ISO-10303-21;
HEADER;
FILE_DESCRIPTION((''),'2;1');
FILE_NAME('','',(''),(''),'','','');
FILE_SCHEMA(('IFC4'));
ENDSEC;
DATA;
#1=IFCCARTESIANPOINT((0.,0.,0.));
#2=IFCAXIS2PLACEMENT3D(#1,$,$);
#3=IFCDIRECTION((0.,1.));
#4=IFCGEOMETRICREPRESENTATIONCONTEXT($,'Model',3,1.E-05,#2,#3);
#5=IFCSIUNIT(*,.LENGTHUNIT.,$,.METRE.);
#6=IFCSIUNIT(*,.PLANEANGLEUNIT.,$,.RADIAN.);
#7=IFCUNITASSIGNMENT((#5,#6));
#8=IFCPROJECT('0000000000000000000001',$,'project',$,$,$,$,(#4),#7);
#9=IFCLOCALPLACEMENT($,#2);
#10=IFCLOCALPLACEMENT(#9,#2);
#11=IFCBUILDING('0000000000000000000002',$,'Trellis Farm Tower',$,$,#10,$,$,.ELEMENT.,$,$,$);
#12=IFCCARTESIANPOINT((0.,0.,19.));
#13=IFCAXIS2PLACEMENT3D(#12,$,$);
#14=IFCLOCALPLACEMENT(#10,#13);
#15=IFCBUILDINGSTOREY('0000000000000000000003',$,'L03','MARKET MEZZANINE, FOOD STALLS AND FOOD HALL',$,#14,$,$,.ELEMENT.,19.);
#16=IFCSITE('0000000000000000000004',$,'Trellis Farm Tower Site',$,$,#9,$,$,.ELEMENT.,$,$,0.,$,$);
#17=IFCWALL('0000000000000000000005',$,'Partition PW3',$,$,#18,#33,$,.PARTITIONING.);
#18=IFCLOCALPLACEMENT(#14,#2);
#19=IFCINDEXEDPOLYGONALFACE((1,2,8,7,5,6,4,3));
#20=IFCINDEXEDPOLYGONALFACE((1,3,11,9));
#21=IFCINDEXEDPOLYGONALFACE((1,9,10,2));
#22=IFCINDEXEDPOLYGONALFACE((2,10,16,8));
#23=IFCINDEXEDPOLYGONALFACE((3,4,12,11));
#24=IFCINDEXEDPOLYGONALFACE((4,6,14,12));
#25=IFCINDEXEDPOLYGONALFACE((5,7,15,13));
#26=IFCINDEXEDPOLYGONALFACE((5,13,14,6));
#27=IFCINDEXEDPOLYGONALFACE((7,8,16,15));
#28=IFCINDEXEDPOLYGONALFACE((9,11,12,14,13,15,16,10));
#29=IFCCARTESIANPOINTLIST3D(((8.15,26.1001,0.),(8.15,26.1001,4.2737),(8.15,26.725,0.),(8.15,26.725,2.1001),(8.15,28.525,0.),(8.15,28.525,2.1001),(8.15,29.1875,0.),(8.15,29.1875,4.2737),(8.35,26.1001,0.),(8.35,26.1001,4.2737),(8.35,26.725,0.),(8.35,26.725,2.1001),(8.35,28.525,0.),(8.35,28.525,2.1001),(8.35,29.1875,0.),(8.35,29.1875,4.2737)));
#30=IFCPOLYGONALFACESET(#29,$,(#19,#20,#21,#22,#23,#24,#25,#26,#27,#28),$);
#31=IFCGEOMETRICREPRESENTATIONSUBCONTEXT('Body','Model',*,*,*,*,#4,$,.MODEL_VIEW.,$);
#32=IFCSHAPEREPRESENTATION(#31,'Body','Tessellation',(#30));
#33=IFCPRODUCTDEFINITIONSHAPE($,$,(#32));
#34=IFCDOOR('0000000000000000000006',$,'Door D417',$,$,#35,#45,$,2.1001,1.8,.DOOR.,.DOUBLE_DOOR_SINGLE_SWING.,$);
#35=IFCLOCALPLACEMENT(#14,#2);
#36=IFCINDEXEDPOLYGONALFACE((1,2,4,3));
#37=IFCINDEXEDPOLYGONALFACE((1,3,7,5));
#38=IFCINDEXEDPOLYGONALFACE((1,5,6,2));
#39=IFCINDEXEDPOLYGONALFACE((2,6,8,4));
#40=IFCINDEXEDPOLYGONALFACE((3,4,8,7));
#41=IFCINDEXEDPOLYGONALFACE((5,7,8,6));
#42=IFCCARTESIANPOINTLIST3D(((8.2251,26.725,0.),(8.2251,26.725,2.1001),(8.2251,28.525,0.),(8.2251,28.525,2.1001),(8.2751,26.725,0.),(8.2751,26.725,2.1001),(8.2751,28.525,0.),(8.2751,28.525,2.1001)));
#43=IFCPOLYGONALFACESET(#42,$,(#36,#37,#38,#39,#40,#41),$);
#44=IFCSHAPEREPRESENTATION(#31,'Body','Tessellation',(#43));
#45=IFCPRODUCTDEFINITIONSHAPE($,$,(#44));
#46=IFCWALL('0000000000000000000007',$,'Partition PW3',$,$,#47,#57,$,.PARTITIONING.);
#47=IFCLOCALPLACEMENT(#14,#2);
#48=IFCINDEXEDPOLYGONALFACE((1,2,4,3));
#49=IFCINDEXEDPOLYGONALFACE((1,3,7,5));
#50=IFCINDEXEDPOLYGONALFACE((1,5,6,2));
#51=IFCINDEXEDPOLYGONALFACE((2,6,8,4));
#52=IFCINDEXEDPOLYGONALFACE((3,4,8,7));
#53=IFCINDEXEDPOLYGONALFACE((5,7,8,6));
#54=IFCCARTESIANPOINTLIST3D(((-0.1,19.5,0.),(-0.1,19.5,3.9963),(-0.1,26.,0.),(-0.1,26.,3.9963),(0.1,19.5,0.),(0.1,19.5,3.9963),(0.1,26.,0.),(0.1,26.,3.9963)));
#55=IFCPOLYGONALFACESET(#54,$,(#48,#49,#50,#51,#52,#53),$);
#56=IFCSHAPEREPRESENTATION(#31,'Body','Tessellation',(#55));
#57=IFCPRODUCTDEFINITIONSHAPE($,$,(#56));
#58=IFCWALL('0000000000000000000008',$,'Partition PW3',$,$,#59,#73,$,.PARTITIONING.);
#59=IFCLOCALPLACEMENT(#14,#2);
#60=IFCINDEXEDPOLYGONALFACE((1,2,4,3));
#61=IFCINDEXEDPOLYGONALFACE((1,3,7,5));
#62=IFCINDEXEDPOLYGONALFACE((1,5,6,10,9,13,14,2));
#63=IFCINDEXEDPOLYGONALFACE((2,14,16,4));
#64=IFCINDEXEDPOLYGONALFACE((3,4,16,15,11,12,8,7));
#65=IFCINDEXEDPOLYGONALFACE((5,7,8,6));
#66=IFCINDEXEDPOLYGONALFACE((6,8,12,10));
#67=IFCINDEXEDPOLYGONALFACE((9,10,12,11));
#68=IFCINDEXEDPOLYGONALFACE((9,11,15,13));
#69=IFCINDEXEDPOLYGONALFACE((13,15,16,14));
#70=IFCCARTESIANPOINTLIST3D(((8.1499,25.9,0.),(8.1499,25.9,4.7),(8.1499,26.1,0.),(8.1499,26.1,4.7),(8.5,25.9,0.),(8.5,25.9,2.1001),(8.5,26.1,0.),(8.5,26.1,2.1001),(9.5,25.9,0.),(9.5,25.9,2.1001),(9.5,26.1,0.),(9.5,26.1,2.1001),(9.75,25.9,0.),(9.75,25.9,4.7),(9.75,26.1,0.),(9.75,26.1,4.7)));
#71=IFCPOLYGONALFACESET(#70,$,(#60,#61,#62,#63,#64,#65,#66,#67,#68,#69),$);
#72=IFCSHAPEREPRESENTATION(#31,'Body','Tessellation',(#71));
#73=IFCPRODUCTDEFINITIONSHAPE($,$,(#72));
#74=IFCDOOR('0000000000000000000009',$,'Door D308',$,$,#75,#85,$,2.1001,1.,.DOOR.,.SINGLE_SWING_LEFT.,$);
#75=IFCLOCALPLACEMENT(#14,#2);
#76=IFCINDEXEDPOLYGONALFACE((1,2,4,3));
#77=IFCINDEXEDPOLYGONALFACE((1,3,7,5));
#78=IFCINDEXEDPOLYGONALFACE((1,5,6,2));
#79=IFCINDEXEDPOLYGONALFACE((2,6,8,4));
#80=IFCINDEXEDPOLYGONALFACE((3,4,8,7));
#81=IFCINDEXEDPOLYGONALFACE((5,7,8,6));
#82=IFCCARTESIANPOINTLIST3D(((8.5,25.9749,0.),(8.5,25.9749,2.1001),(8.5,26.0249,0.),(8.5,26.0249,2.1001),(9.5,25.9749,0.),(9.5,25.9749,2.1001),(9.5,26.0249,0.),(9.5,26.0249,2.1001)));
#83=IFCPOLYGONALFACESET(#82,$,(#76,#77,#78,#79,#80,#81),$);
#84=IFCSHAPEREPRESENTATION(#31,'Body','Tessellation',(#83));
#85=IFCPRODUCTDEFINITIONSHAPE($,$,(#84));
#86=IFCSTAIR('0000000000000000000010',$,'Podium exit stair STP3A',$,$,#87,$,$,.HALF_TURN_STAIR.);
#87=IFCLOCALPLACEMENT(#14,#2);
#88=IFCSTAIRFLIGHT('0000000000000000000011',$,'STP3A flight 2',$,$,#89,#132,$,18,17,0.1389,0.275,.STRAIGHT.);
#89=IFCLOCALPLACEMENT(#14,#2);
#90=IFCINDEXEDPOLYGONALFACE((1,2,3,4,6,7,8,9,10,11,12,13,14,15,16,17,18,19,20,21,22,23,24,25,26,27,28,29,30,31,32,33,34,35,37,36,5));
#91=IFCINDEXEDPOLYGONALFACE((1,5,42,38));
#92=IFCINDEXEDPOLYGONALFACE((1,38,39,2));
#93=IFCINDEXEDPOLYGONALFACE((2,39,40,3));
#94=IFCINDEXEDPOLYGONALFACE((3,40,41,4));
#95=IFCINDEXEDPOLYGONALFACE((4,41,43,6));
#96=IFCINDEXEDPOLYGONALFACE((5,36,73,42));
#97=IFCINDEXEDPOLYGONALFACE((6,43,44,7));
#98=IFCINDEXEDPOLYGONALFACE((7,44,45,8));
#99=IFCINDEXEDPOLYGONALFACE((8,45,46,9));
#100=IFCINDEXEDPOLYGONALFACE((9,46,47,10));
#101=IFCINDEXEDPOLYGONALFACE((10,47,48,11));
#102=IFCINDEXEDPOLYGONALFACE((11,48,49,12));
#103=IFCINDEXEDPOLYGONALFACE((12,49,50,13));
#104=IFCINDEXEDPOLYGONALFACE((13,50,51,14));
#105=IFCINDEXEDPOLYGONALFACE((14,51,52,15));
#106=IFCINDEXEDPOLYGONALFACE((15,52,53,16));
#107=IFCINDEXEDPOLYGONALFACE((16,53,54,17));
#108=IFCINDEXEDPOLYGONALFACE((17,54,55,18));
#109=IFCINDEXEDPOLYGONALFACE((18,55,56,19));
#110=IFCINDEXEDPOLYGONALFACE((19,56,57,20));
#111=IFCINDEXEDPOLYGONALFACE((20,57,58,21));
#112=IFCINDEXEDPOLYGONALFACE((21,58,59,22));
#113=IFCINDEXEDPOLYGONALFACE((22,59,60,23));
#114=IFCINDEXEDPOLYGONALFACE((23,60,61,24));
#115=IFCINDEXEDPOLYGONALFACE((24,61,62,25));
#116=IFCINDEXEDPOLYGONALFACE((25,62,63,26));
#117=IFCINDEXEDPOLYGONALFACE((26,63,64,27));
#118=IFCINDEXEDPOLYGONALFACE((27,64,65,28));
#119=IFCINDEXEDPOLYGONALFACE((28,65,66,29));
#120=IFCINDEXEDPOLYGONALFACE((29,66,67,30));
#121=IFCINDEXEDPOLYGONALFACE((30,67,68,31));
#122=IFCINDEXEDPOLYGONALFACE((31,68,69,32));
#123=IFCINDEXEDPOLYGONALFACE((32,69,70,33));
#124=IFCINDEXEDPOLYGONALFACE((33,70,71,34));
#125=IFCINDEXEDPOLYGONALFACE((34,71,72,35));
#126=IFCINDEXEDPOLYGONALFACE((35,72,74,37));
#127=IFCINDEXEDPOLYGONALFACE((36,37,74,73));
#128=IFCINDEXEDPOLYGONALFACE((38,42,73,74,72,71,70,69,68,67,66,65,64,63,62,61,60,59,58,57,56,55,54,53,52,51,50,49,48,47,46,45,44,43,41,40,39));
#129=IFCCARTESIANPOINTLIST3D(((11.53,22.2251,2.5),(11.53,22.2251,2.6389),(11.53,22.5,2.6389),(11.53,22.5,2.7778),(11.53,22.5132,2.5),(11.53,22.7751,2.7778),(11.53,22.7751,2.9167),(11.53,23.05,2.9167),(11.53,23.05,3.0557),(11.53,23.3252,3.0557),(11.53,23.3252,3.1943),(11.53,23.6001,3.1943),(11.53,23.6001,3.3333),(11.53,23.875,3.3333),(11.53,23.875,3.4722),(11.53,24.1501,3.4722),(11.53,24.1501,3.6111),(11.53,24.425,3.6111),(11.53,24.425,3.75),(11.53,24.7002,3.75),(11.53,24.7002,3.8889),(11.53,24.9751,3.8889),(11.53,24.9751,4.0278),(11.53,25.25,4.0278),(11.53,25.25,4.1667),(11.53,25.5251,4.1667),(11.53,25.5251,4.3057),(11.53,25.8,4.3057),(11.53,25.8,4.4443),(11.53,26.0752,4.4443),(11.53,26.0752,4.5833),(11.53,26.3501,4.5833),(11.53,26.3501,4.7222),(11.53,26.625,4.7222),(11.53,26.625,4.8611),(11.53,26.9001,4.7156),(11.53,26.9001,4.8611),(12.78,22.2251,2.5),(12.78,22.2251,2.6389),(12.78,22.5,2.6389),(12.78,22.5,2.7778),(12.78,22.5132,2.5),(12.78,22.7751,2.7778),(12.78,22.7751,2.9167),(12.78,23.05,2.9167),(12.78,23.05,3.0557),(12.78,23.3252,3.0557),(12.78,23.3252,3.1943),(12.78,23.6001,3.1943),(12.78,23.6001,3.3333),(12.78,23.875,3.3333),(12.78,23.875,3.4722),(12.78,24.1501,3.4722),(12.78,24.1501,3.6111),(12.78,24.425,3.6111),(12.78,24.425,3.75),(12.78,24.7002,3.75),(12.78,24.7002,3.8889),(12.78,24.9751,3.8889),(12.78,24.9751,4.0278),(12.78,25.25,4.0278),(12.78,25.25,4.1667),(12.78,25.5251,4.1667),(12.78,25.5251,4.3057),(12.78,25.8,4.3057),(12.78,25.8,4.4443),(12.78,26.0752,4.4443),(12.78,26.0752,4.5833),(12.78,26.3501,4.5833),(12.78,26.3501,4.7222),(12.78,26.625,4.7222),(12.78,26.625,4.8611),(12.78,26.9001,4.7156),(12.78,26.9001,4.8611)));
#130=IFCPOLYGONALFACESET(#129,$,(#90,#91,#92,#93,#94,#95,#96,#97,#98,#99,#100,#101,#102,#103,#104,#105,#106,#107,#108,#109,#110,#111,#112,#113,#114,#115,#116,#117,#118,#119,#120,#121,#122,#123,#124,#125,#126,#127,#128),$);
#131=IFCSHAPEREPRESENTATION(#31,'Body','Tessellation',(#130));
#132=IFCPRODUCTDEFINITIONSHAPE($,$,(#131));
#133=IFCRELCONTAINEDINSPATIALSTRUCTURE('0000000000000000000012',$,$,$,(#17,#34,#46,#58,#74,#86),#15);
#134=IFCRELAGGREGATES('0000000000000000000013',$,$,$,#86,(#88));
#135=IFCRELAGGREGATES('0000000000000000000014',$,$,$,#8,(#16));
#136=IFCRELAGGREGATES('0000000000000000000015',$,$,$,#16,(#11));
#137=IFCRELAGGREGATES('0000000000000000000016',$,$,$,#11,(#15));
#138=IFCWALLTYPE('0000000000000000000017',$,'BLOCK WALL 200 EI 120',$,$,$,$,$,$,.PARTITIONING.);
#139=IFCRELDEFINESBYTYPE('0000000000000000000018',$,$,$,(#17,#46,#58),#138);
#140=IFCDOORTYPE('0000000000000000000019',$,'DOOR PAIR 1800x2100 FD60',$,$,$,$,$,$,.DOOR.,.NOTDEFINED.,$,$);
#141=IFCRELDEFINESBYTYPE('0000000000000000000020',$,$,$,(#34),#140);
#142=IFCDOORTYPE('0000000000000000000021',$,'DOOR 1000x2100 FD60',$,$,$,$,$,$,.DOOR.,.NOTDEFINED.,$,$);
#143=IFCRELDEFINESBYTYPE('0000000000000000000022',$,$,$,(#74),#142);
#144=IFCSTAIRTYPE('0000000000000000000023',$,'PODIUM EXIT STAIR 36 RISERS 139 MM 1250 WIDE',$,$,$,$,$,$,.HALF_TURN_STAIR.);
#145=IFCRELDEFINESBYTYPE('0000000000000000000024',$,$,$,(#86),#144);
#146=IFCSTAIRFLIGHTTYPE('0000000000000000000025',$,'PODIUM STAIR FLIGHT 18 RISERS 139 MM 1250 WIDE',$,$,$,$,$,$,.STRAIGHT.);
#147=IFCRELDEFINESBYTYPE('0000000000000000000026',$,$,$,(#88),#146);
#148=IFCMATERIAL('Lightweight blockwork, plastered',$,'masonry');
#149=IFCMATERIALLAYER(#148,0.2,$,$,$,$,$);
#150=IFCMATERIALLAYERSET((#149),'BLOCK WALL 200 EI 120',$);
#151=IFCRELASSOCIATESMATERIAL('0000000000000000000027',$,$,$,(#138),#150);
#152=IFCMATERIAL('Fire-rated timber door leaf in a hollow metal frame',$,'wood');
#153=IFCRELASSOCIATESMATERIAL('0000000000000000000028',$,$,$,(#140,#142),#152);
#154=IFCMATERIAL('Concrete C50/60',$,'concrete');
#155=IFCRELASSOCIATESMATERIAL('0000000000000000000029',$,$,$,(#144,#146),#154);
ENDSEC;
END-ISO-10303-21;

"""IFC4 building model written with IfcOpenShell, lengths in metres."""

from ifc_helpers import new_model, si_unit, direction, frame, frame_2d, origin, place, context, subcontext, project, spatial, polyline, rectangle, outline, extrude, source, transform, mapped, material, layer, layer_set, type_object, element, fill, aggregate, save


model = new_model("IFC4")

# Units and contexts
model_context = context("Model", 3, precision=1e-05, world=origin(), true_north=direction((0.0, 1.0)))
body_context = subcontext(model_context, "Body", "Model", "MODEL_VIEW")
ifc_project = project(units=[si_unit("LENGTHUNIT", "METRE"), si_unit("PLANEANGLEUNIT", "RADIAN")], contexts=[model_context])

# Site, building, storey
site_placement = place(None, origin())
site = spatial("IfcSite", under=ifc_project, at=site_placement, Name="Trellis Farm Tower Site", CompositionType="ELEMENT", RefElevation=0.0)
building_placement = place(site_placement, origin())
building = spatial("IfcBuilding", under=site, at=building_placement, Name="Trellis Farm Tower", CompositionType="ELEMENT")
storey_placement = place(building_placement, frame((0.0, 0.0, 19.0)))
storey = spatial("IfcBuildingStorey", under=building, at=storey_placement, Name="L03", Description="MARKET MEZZANINE, FOOD STALLS AND FOOD HALL", CompositionType="ELEMENT", Elevation=19.0)

# Wall, opening, door
ifc_material_1 = material(Name="Lightweight blockwork, plastered", Category="masonry")
ifc_layer_1 = layer(ifc_material_1, 0.2)
ifc_layer_set_1 = layer_set([ifc_layer_1], Name="BLOCK WALL 200 EI 120")
wall_type_1 = type_object("IfcWallType", Name="BLOCK WALL 200 EI 120", PredefinedType="PARTITIONING", material=ifc_layer_set_1)
shared_shape_1 = source(origin(), body_context, "Body", "SweptSolid", [
    extrude(rectangle(XDim=3.0874, YDim=0.2, at=frame_2d((1.5437, 0.0))), origin(), (0.0, 0.0, 1.0), 4.2737),
])
wall_1_placement = place(storey_placement, frame((8.25, 26.1001, 0.0), z_axis=(0.0, 0.0, 1.0), x_axis=(0.0, 1.0, 0.0)))
wall_1 = element("IfcWall", 1, at=wall_1_placement, inside=storey, type_object=wall_type_1, Name="Partition PW3", PredefinedType="PARTITIONING", context=body_context, shape_type="MappedRepresentation", body=[
    mapped(shared_shape_1, transform((0.0, 0.0, 0.0))),
])
shared_shape_2 = source(origin(), body_context, "Body", "SweptSolid", [
    extrude(rectangle(XDim=1.8, YDim=2.1001, at=frame_2d((0.8999, 1.05))), frame((0.0, 0.1101, 0.0), z_axis=(0.0, -1.0, 0.0), x_axis=(1.0, 0.0, 0.0)), (0.0, 0.0, 1.0), 0.2202),
])
opening_1_placement = place(wall_1_placement, frame((0.625, 0.0, 0.0)))
opening_1 = element("IfcOpeningElement", 2, at=opening_1_placement, cuts=wall_1, PredefinedType="OPENING", context=body_context, shape_type="MappedRepresentation", body=[
    mapped(shared_shape_2, transform((0.0, 0.0, 0.0))),
])
ifc_material_2 = material(Name="Fire-rated timber door leaf in a hollow metal frame", Category="wood")
door_type_1 = type_object("IfcDoorType", Name="DOOR PAIR 1800x2100 FD60", OperationType="NOTDEFINED", PredefinedType="DOOR", material=ifc_material_2)
shared_shape_3 = source(origin(), body_context, "Body", "SweptSolid", [
    extrude(rectangle(XDim=1.8, YDim=2.1001, at=frame_2d((0.8999, 1.05))), frame((0.0, 0.0249, 0.0), z_axis=(0.0, -1.0, 0.0), x_axis=(1.0, 0.0, 0.0)), (0.0, 0.0, 1.0), 0.05),
])
door_1_placement = place(opening_1_placement, origin())
door_1 = element("IfcDoor", 3, at=door_1_placement, inside=storey, type_object=door_type_1, Name="Door D417", OperationType="DOUBLE_DOOR_SINGLE_SWING", OverallHeight=2.1001, OverallWidth=1.8, PredefinedType="DOOR", context=body_context, shape_type="MappedRepresentation", body=[
    mapped(shared_shape_3, transform((0.0, 0.0, 0.0))),
])
fill(opening_1, door_1)

# Wall
shared_shape_4 = source(origin(), body_context, "Body", "SweptSolid", [
    extrude(rectangle(XDim=6.5, YDim=0.2, at=frame_2d((3.25, 0.0))), origin(), (0.0, 0.0, 1.0), 3.9963),
])
wall_2_placement = place(storey_placement, frame((0.0, 26.0, 0.0), z_axis=(0.0, 0.0, 1.0), x_axis=(0.0, -1.0, 0.0)))
element("IfcWall", 4, at=wall_2_placement, inside=storey, type_object=wall_type_1, Name="Partition PW3", PredefinedType="PARTITIONING", context=body_context, shape_type="MappedRepresentation", body=[
    mapped(shared_shape_4, transform((0.0, 0.0, 0.0))),
])

# Wall, opening, door
shared_shape_5 = source(origin(), body_context, "Body", "SweptSolid", [
    extrude(rectangle(XDim=1.6001, YDim=0.2, at=frame_2d((0.8, 0.0))), origin(), (0.0, 0.0, 1.0), 4.7),
])
wall_3_placement = place(storey_placement, frame((8.1499, 26.0, 0.0), z_axis=(0.0, 0.0, 1.0), x_axis=(1.0, 0.0, 0.0)))
wall_3 = element("IfcWall", 5, at=wall_3_placement, inside=storey, type_object=wall_type_1, Name="Partition PW3", PredefinedType="PARTITIONING", context=body_context, shape_type="MappedRepresentation", body=[
    mapped(shared_shape_5, transform((0.0, 0.0, 0.0))),
])
shared_shape_6 = source(origin(), body_context, "Body", "SweptSolid", [
    extrude(rectangle(XDim=1.0, YDim=2.1001, at=frame_2d((0.5, 1.05))), frame((0.0, 0.1101, 0.0), z_axis=(0.0, -1.0, 0.0), x_axis=(1.0, 0.0, 0.0)), (0.0, 0.0, 1.0), 0.2202),
])
opening_2_placement = place(wall_3_placement, frame((0.3501, 0.0, 0.0)))
opening_2 = element("IfcOpeningElement", 6, at=opening_2_placement, cuts=wall_3, PredefinedType="OPENING", context=body_context, shape_type="MappedRepresentation", body=[
    mapped(shared_shape_6, transform((0.0, 0.0, 0.0))),
])
door_type_2 = type_object("IfcDoorType", Name="DOOR 1000x2100 FD60", OperationType="NOTDEFINED", PredefinedType="DOOR", material=ifc_material_2)
shared_shape_7 = source(origin(), body_context, "Body", "SweptSolid", [
    extrude(rectangle(XDim=1.0, YDim=2.1001, at=frame_2d((0.5, 1.05))), frame((0.0, 0.0249, 0.0), z_axis=(0.0, -1.0, 0.0), x_axis=(1.0, 0.0, 0.0)), (0.0, 0.0, 1.0), 0.05),
])
door_2_placement = place(opening_2_placement, origin())
door_2 = element("IfcDoor", 7, at=door_2_placement, inside=storey, type_object=door_type_2, Name="Door D308", OperationType="SINGLE_SWING_LEFT", OverallHeight=2.1001, OverallWidth=1.0, PredefinedType="DOOR", context=body_context, shape_type="MappedRepresentation", body=[
    mapped(shared_shape_7, transform((0.0, 0.0, 0.0))),
])
fill(opening_2, door_2)

# Stair, stair flight
ifc_material_3 = material(Name="Concrete C50/60", Category="concrete")
stair_type = type_object("IfcStairType", Name="PODIUM EXIT STAIR 36 RISERS 139 MM 1250 WIDE", PredefinedType="HALF_TURN_STAIR", material=ifc_material_3)
placement = place(storey_placement, origin())
stair_1 = element("IfcStair", 8, at=placement, inside=storey, type_object=stair_type, Name="Podium exit stair STP3A", PredefinedType="HALF_TURN_STAIR")
stair_flight_type = type_object("IfcStairFlightType", Name="PODIUM STAIR FLIGHT 18 RISERS 139 MM 1250 WIDE", PredefinedType="STRAIGHT", material=ifc_material_3)
shared_shape_8 = source(origin(), body_context, "Body", "SweptSolid", [
    extrude(outline(polyline([(0.0, 0.0), (0.0, 0.1389), (0.2749, 0.1389), (0.2749, 0.2778), (0.55, 0.2778), (0.55, 0.4167), (0.825, 0.4167), (0.825, 0.5557), (1.1001, 0.5557), (1.1001, 0.6943), (1.375, 0.6943), (1.375, 0.8333), (1.6499, 0.8333), (1.6499, 0.9722), (1.925, 0.9722), (1.925, 1.1111), (2.2, 1.1111), (2.2, 1.25), (2.4751, 1.25), (2.4751, 1.3889), (2.75, 1.3889), (2.75, 1.5278), (3.0249, 1.5278), (3.0249, 1.6667), (3.3, 1.6667), (3.3, 1.8057), (3.575, 1.8057), (3.575, 1.9443), (3.8501, 1.9443), (3.8501, 2.0833), (4.125, 2.0833), (4.125, 2.2222), (4.3999, 2.2222), (4.3999, 2.3611), (4.675, 2.3611), (4.675, 2.5), (4.675, 2.2156), (0.2881, 0.0), (0.0, 0.0)])), frame((0.0, 0.625, 0.0), z_axis=(0.0, -1.0, 0.0), x_axis=(1.0, 0.0, 0.0)), (0.0, 0.0, 1.0), 1.25),
])
stair_flight_1_placement = place(storey_placement, frame((12.155, 22.2251, 2.5), z_axis=(0.0, 0.0, 1.0), x_axis=(0.0, 1.0, 0.0)))
stair_flight_1 = element("IfcStairFlight", 9, at=stair_flight_1_placement, type_object=stair_flight_type, Name="STP3A flight 2", NumberOfRisers=18, NumberOfTreads=17, PredefinedType="STRAIGHT", RiserHeight=0.1389, TreadLength=0.275, context=body_context, shape_type="MappedRepresentation", body=[
    mapped(shared_shape_8, transform((0.0, 0.0, 0.0))),
])
aggregate(stair_1, [stair_flight_1])

save(model, "model.ifc")
